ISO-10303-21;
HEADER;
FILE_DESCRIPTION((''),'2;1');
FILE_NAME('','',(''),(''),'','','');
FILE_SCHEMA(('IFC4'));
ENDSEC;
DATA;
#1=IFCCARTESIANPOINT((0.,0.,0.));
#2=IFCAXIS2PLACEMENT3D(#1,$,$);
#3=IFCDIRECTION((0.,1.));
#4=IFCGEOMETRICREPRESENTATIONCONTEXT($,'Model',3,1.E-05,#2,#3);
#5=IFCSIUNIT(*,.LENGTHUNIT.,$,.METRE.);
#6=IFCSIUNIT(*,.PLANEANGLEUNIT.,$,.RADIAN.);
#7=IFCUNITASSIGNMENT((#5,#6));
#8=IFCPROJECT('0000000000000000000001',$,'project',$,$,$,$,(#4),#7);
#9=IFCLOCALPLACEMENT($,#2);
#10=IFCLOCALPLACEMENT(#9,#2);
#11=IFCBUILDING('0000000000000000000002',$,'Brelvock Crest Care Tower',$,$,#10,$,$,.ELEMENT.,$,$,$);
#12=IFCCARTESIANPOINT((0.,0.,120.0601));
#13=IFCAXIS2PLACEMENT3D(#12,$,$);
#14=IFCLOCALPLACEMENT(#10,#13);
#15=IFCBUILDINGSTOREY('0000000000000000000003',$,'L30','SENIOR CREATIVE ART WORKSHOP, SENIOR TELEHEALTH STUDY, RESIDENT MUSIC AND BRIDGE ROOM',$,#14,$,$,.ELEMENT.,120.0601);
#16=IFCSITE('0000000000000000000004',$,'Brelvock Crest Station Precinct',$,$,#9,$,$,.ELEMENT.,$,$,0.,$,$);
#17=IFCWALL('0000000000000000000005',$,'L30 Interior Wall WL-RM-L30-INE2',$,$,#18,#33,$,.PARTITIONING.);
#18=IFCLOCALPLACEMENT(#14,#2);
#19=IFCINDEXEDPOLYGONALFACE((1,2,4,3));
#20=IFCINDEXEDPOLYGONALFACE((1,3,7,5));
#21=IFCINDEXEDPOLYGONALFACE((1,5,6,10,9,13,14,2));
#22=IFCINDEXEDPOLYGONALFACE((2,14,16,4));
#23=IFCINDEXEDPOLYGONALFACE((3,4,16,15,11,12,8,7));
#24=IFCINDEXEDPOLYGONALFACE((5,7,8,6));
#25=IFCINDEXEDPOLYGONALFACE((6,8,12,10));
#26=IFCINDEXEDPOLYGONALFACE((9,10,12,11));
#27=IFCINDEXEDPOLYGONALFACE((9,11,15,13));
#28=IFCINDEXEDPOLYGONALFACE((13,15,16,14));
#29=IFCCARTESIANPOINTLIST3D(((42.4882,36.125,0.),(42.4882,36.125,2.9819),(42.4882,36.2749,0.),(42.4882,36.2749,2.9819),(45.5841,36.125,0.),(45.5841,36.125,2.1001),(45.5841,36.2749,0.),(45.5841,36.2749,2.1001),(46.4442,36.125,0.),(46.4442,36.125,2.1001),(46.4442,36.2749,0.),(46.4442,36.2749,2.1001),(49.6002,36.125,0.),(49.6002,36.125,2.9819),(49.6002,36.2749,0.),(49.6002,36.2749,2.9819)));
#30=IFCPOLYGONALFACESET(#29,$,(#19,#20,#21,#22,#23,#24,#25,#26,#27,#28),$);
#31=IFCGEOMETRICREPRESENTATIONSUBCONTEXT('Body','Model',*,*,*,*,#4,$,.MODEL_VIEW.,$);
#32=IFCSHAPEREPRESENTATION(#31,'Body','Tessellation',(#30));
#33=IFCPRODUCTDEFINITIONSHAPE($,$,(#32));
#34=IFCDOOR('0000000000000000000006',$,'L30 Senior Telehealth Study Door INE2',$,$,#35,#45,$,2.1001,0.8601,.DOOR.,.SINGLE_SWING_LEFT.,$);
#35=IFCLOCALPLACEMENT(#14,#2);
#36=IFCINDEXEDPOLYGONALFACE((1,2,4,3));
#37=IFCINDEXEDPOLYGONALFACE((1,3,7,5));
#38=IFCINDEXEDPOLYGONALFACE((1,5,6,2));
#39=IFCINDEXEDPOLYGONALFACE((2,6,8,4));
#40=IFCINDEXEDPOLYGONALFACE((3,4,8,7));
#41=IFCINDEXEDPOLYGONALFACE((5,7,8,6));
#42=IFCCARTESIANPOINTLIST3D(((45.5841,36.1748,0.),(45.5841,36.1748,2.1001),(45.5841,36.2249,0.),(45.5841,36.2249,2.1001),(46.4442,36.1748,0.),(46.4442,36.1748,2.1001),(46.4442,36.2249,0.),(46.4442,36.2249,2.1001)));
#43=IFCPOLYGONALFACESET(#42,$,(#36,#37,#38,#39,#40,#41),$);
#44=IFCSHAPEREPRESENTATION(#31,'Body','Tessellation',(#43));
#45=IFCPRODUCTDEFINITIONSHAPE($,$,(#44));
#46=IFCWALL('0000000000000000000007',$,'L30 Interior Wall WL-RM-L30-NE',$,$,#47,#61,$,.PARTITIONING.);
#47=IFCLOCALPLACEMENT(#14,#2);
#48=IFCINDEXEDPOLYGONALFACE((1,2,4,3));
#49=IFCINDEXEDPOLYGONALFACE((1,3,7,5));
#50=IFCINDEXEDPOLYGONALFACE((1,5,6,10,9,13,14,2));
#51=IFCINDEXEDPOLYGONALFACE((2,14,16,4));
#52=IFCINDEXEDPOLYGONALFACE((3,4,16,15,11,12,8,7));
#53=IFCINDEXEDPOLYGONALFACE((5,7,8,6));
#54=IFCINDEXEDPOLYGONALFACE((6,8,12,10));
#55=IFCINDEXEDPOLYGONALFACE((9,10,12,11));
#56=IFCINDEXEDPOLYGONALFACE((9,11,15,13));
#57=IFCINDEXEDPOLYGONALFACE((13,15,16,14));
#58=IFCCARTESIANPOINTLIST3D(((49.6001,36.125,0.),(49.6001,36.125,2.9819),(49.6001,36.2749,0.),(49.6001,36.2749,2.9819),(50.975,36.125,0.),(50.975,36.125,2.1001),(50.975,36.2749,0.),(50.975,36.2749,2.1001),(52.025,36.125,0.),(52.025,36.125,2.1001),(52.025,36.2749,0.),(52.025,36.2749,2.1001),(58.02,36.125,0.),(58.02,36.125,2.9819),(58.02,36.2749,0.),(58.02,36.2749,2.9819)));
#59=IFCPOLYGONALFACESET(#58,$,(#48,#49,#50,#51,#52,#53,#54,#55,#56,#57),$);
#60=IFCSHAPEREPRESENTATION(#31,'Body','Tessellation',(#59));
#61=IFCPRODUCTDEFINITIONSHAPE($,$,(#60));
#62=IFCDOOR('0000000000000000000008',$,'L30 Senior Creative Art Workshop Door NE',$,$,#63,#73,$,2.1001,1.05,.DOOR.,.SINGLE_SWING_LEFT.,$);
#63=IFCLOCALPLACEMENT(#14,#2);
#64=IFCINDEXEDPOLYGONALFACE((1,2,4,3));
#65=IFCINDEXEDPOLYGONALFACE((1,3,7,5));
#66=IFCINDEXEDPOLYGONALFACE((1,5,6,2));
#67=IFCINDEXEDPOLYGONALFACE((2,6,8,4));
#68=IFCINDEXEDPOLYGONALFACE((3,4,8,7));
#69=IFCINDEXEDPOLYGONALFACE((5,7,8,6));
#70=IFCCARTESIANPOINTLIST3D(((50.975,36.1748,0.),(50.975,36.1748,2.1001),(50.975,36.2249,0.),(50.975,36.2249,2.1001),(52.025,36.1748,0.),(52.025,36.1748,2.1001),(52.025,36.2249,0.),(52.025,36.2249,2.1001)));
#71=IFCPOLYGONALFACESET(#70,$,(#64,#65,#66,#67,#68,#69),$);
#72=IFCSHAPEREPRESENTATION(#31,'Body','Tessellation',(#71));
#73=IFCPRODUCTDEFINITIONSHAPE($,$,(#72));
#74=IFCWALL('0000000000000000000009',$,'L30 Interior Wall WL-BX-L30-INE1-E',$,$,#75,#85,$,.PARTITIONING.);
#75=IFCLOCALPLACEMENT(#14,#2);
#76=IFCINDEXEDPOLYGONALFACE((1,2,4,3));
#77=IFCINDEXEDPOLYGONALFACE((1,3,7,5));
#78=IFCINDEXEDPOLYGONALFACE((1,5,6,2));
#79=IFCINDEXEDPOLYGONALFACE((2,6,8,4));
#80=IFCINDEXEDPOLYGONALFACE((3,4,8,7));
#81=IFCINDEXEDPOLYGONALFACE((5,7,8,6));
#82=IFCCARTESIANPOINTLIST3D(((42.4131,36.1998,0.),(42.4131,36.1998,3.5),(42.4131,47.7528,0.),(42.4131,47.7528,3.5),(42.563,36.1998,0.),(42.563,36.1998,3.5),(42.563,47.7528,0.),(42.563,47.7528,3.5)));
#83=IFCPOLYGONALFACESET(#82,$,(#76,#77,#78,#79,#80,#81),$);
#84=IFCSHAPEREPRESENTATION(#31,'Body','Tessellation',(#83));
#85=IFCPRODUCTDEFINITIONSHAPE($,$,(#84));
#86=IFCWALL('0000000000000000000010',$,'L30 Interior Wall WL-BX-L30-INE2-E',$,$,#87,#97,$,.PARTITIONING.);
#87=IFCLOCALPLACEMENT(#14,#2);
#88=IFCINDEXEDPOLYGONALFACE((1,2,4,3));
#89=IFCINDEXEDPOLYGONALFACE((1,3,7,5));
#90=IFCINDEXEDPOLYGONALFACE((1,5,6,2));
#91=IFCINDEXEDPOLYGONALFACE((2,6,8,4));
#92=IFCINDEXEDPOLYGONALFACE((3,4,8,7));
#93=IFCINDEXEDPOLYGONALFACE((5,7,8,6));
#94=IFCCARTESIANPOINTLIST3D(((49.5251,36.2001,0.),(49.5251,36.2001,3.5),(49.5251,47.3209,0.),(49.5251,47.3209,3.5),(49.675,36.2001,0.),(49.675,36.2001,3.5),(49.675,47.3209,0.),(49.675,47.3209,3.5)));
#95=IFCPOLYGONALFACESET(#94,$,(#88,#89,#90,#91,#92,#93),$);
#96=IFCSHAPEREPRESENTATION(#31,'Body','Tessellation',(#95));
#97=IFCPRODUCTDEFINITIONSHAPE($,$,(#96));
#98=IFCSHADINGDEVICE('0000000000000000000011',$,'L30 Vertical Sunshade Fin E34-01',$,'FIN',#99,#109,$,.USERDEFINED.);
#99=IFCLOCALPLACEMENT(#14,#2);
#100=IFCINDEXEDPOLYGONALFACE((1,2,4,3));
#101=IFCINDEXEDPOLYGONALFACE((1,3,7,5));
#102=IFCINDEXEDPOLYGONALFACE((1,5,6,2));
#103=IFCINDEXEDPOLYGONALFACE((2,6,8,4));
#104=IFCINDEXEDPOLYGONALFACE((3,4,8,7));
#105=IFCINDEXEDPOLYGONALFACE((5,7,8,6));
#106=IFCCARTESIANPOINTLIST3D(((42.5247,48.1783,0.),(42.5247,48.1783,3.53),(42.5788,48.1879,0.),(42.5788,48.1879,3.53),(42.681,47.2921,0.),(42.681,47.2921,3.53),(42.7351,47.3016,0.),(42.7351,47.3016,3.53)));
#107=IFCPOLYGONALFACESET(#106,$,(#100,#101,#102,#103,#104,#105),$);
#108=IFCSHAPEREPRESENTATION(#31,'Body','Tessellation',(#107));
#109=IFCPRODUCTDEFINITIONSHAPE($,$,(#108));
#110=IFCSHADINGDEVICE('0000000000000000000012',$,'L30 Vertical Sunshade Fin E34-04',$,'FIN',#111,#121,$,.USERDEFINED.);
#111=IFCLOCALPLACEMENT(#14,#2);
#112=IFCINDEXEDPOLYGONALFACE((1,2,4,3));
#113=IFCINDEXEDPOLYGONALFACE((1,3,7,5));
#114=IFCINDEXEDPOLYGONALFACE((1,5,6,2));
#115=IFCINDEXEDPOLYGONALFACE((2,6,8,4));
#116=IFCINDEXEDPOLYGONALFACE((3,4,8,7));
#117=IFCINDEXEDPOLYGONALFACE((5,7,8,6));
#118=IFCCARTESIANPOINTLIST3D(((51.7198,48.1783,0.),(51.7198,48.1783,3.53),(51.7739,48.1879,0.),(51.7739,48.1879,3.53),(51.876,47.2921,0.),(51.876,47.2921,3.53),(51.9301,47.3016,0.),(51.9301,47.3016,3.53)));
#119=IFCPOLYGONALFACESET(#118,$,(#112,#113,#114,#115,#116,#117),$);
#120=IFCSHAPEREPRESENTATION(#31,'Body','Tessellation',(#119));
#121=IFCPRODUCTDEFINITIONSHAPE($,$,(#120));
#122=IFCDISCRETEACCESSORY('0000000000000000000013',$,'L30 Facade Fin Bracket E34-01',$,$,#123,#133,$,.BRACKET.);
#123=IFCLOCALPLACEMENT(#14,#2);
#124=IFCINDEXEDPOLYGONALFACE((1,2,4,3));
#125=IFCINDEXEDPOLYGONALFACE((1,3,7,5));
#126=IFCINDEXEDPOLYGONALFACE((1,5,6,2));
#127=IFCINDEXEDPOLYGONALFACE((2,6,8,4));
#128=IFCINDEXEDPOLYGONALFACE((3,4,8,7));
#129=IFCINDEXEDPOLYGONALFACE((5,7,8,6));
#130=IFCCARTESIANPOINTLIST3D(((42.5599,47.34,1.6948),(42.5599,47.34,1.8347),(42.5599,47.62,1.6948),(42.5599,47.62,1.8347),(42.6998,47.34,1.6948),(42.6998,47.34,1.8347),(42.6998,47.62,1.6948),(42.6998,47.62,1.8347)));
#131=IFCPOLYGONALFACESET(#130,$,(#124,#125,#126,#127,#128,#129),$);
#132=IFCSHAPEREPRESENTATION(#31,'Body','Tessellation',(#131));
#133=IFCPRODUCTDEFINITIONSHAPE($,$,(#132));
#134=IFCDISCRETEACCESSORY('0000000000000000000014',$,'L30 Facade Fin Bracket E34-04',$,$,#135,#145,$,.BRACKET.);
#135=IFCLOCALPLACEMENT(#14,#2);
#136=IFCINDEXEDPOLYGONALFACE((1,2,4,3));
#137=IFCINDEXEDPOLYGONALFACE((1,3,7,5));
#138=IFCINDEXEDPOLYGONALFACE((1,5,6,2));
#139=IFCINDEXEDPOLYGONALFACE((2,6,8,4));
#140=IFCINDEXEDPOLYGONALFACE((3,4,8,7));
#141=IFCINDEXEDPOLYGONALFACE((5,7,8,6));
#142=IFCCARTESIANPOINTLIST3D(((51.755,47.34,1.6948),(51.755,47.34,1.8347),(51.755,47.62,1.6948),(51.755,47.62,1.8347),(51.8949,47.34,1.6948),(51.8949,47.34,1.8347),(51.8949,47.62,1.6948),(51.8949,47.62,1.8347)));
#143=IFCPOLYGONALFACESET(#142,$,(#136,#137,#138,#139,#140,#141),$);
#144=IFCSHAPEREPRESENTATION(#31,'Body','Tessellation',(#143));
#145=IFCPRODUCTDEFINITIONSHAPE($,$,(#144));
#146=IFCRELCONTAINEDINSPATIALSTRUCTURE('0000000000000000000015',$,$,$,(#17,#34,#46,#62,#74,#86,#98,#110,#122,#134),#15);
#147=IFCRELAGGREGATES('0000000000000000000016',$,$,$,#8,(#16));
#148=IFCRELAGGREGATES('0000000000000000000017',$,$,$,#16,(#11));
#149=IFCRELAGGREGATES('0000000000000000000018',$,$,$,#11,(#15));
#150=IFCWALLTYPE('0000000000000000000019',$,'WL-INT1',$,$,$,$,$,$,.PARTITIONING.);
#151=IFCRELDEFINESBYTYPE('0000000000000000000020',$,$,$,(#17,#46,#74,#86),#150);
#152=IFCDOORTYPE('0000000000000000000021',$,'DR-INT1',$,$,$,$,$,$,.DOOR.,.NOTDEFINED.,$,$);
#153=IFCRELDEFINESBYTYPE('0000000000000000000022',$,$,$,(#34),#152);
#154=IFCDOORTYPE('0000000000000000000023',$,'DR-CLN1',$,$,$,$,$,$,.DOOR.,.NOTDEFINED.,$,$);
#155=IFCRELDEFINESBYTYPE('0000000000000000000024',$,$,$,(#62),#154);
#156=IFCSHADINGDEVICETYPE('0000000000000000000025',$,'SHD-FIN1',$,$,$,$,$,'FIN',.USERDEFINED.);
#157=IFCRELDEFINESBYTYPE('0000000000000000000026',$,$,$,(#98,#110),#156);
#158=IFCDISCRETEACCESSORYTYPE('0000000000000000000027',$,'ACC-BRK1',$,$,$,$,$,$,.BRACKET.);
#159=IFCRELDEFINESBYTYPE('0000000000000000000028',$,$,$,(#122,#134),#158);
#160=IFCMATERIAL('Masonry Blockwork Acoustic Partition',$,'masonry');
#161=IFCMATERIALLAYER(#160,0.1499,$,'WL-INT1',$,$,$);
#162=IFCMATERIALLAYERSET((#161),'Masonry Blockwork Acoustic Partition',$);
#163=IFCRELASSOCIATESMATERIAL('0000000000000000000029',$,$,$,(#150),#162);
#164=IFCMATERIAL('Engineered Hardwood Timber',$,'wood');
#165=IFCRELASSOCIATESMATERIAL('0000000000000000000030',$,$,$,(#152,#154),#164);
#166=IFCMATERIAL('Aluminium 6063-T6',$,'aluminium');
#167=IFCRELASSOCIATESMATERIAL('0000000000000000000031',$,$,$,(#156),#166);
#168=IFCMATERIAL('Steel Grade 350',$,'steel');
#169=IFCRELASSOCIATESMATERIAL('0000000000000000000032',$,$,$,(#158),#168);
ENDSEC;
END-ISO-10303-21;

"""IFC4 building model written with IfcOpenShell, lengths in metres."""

from ifc_helpers import new_model, si_unit, direction, frame, frame_2d, origin, origin_2d, place, context, subcontext, project, spatial, rectangle, extrude, source, transform, mapped, material, layer, layer_set, material_profile, profile_set, type_object, element, fill, save


model = new_model("IFC4")

# Units and contexts
model_context = context("Model", 3, precision=1e-05, world=origin(), true_north=direction((0.0, 1.0)))
body_context = subcontext(model_context, "Body", "Model", "MODEL_VIEW")
ifc_project = project(units=[si_unit("LENGTHUNIT", "METRE"), si_unit("PLANEANGLEUNIT", "RADIAN")], contexts=[model_context])

# Site, building, storey
site_placement = place(None, origin())
site = spatial("IfcSite", under=ifc_project, at=site_placement, Name="Brelvock Crest Station Precinct", CompositionType="ELEMENT", RefElevation=0.0)
building_placement = place(site_placement, origin())
building = spatial("IfcBuilding", under=site, at=building_placement, Name="Brelvock Crest Care Tower", CompositionType="ELEMENT")
storey_placement = place(building_placement, frame((0.0, 0.0, 120.0601)))
storey = spatial("IfcBuildingStorey", under=building, at=storey_placement, Name="L30", Description="SENIOR CREATIVE ART WORKSHOP, SENIOR TELEHEALTH STUDY, RESIDENT MUSIC AND BRIDGE ROOM", CompositionType="ELEMENT", Elevation=120.0601)

# Shared definitions
ifc_material_1 = material(Name="Aluminium 6063-T6", Category="aluminium")

# Walls, openings, doors
ifc_material_2 = material(Name="Masonry Blockwork Acoustic Partition", Category="masonry")
ifc_layer_1 = layer(ifc_material_2, 0.1499, Name="WL-INT1")
ifc_layer_set_1 = layer_set([ifc_layer_1], Name="Masonry Blockwork Acoustic Partition")
wall_type_1 = type_object("IfcWallType", Name="WL-INT1", PredefinedType="PARTITIONING", material=ifc_layer_set_1)
ifc_material_3 = material(Name="Engineered Hardwood Timber", Category="wood")
door_type_1 = type_object("IfcDoorType", Name="DR-INT1", OperationType="NOTDEFINED", PredefinedType="DOOR", material=ifc_material_3)
shared_shape_1 = source(origin(), body_context, "Body", "SweptSolid", [
    extrude(rectangle(XDim=0.8601, YDim=2.1001, at=origin_2d()), frame((0.4302, 0.0249, 1.05), z_axis=(0.0, -1.0, 0.0), x_axis=(1.0, 0.0, 0.0)), (0.0, 0.0, 1.0), 0.05),
])
door_type_2 = type_object("IfcDoorType", Name="DR-CLN1", OperationType="NOTDEFINED", PredefinedType="DOOR", material=ifc_material_3)
shared_shape_2 = source(origin(), body_context, "Body", "SweptSolid", [
    extrude(rectangle(XDim=1.05, YDim=2.1001, at=origin_2d()), frame((0.5249, 0.0249, 1.05), z_axis=(0.0, -1.0, 0.0), x_axis=(1.0, 0.0, 0.0)), (0.0, 0.0, 1.0), 0.05),
])
wall_1_placement = place(storey_placement, frame((42.488, 36.2, 0.0), z_axis=(0.0, 0.0, 1.0), x_axis=(1.0, 0.0, 0.0)))
wall_1 = element("IfcWall", 1, at=wall_1_placement, inside=storey, type_object=wall_type_1, Name="L30 Interior Wall WL-RM-L30-INE2", PredefinedType="PARTITIONING", context=body_context, shape_type="SweptSolid", body=[
    extrude(rectangle(XDim=7.1121, YDim=0.1499, at=frame_2d((3.5562, 0.0))), origin(), (0.0, 0.0, 1.0), 2.9819),
])
opening_1_placement = place(wall_1_placement, frame((3.0959, 0.0, 0.0)))
opening_1 = element("IfcOpeningElement", 2, at=opening_1_placement, cuts=wall_1, PredefinedType="OPENING", context=body_context, shape_type="SweptSolid", body=[
    extrude(rectangle(XDim=0.8601, YDim=2.1001, at=origin_2d()), frame((0.4302, 0.085, 1.05), z_axis=(0.0, -1.0, 0.0), x_axis=(1.0, 0.0, 0.0)), (0.0, 0.0, 1.0), 0.1699),
])
door_1_placement = place(opening_1_placement, origin())
door_1 = element("IfcDoor", 3, at=door_1_placement, inside=storey, type_object=door_type_1, Name="L30 Senior Telehealth Study Door INE2", OperationType="SINGLE_SWING_LEFT", OverallHeight=2.1001, OverallWidth=0.8601, PredefinedType="DOOR", context=body_context, shape_type="MappedRepresentation", body=[
    mapped(shared_shape_1, transform((0.0, 0.0, 0.0), x_axis=(1.0, 0.0, 0.0), y_axis=(0.0, 1.0, 0.0), z_axis=(0.0, 0.0, 1.0), scale=1.0)),
])
fill(opening_1, door_1)
wall_2_placement = place(storey_placement, frame((49.6001, 36.2, 0.0), z_axis=(0.0, 0.0, 1.0), x_axis=(1.0, 0.0, 0.0)))
wall_2 = element("IfcWall", 4, at=wall_2_placement, inside=storey, type_object=wall_type_1, Name="L30 Interior Wall WL-RM-L30-NE", PredefinedType="PARTITIONING", context=body_context, shape_type="SweptSolid", body=[
    extrude(rectangle(XDim=8.4199, YDim=0.1499, at=frame_2d((4.21, 0.0))), origin(), (0.0, 0.0, 1.0), 2.9819),
])
opening_2_placement = place(wall_2_placement, frame((1.375, 0.0, 0.0)))
opening_2 = element("IfcOpeningElement", 5, at=opening_2_placement, cuts=wall_2, PredefinedType="OPENING", context=body_context, shape_type="SweptSolid", body=[
    extrude(rectangle(XDim=1.05, YDim=2.1001, at=origin_2d()), frame((0.5249, 0.085, 1.05), z_axis=(0.0, -1.0, 0.0), x_axis=(1.0, 0.0, 0.0)), (0.0, 0.0, 1.0), 0.1699),
])
door_2_placement = place(opening_2_placement, origin())
door_2 = element("IfcDoor", 6, at=door_2_placement, inside=storey, type_object=door_type_2, Name="L30 Senior Creative Art Workshop Door NE", OperationType="SINGLE_SWING_LEFT", OverallHeight=2.1001, OverallWidth=1.05, PredefinedType="DOOR", context=body_context, shape_type="MappedRepresentation", body=[
    mapped(shared_shape_2, transform((0.0, 0.0, 0.0), x_axis=(1.0, 0.0, 0.0), y_axis=(0.0, 1.0, 0.0), z_axis=(0.0, 0.0, 1.0), scale=1.0)),
])
fill(opening_2, door_2)

# Walls
wall_3_placement = place(storey_placement, frame((42.488, 36.2, 0.0), z_axis=(0.0, 0.0, 1.0), x_axis=(0.0, 1.0, 0.0)))
element("IfcWall", 7, at=wall_3_placement, inside=storey, type_object=wall_type_1, Name="L30 Interior Wall WL-BX-L30-INE1-E", PredefinedType="PARTITIONING", context=body_context, shape_type="SweptSolid", body=[
    extrude(rectangle(XDim=11.553, YDim=0.1499, at=frame_2d((5.7764, 0.0))), origin(), (0.0, 0.0, 1.0), 3.5),
])
wall_4_placement = place(storey_placement, frame((49.6001, 36.2, 0.0), z_axis=(0.0, 0.0, 1.0), x_axis=(0.0, 1.0, 0.0)))
element("IfcWall", 8, at=wall_4_placement, inside=storey, type_object=wall_type_1, Name="L30 Interior Wall WL-BX-L30-INE2-E", PredefinedType="PARTITIONING", context=body_context, shape_type="SweptSolid", body=[
    extrude(rectangle(XDim=11.1208, YDim=0.1499, at=frame_2d((5.5605, 0.0))), origin(), (0.0, 0.0, 1.0), 3.5),
])

# Shading devices
ifc_material_profile_1 = material_profile(ifc_material_1, rectangle(XDim=0.0549, YDim=0.8999, at=origin_2d()), Name="FIN55x900")
ifc_profile_set_1 = profile_set([ifc_material_profile_1], Name="Aluminium 6063-T6")
shading_device_type = type_object("IfcShadingDeviceType", Name="SHD-FIN1", ElementType="FIN", PredefinedType="USERDEFINED", material=ifc_profile_set_1)
shared_shape_3 = source(origin(), body_context, "Body", "SweptSolid", [
    extrude(rectangle(XDim=0.0549, YDim=0.8999, at=origin_2d()), origin(), (0.0, 0.0, 1.0), 3.53),
])
for number, where, z_axis, x_axis, name in (
    (9, (42.6299, 47.74, 0.0), (0.0, 0.0, 1.0), (0.984808, 0.173648, 0.0), "L30 Vertical Sunshade Fin E34-01"),
    (10, (51.825, 47.74, 0.0), (0.0, 0.0, 1.0), (0.984808, 0.173648, 0.0), "L30 Vertical Sunshade Fin E34-04"),
):
    element("IfcShadingDevice", number, at=place(storey_placement, frame(where, z_axis=z_axis, x_axis=x_axis)), inside=storey, type_object=shading_device_type, Name=name, ObjectType="FIN", PredefinedType="USERDEFINED", context=body_context, shape_type="MappedRepresentation", body=[
        mapped(shared_shape_3, transform((0.0, 0.0, 0.0), x_axis=(1.0, 0.0, 0.0), y_axis=(0.0, 1.0, 0.0), z_axis=(0.0, 0.0, 1.0), scale=1.0)),
    ])

# Discrete accessories
ifc_material_4 = material(Name="Steel Grade 350", Category="steel")
discrete_accessory_type = type_object("IfcDiscreteAccessoryType", Name="ACC-BRK1", PredefinedType="BRACKET", material=ifc_material_4)
shared_shape_4 = source(origin(), body_context, "Body", "SweptSolid", [
    extrude(rectangle(XDim=0.28, YDim=0.1399, at=origin_2d()), origin(), (0.0, 0.0, 1.0), 0.1399),
])
for number, where, z_axis, x_axis, name in (
    (11, (42.6299, 47.48, 1.6948), (0.0, 0.0, 1.0), (0.0, 1.0, 0.0), "L30 Facade Fin Bracket E34-01"),
    (12, (51.825, 47.48, 1.6948), (0.0, 0.0, 1.0), (0.0, 1.0, 0.0), "L30 Facade Fin Bracket E34-04"),
):
    element("IfcDiscreteAccessory", number, at=place(storey_placement, frame(where, z_axis=z_axis, x_axis=x_axis)), inside=storey, type_object=discrete_accessory_type, Name=name, PredefinedType="BRACKET", context=body_context, shape_type="MappedRepresentation", body=[
        mapped(shared_shape_4, transform((0.0, 0.0, 0.0), x_axis=(1.0, 0.0, 0.0), y_axis=(0.0, 1.0, 0.0), z_axis=(0.0, 0.0, 1.0), scale=1.0)),
    ])

save(model, "model.ifc")
